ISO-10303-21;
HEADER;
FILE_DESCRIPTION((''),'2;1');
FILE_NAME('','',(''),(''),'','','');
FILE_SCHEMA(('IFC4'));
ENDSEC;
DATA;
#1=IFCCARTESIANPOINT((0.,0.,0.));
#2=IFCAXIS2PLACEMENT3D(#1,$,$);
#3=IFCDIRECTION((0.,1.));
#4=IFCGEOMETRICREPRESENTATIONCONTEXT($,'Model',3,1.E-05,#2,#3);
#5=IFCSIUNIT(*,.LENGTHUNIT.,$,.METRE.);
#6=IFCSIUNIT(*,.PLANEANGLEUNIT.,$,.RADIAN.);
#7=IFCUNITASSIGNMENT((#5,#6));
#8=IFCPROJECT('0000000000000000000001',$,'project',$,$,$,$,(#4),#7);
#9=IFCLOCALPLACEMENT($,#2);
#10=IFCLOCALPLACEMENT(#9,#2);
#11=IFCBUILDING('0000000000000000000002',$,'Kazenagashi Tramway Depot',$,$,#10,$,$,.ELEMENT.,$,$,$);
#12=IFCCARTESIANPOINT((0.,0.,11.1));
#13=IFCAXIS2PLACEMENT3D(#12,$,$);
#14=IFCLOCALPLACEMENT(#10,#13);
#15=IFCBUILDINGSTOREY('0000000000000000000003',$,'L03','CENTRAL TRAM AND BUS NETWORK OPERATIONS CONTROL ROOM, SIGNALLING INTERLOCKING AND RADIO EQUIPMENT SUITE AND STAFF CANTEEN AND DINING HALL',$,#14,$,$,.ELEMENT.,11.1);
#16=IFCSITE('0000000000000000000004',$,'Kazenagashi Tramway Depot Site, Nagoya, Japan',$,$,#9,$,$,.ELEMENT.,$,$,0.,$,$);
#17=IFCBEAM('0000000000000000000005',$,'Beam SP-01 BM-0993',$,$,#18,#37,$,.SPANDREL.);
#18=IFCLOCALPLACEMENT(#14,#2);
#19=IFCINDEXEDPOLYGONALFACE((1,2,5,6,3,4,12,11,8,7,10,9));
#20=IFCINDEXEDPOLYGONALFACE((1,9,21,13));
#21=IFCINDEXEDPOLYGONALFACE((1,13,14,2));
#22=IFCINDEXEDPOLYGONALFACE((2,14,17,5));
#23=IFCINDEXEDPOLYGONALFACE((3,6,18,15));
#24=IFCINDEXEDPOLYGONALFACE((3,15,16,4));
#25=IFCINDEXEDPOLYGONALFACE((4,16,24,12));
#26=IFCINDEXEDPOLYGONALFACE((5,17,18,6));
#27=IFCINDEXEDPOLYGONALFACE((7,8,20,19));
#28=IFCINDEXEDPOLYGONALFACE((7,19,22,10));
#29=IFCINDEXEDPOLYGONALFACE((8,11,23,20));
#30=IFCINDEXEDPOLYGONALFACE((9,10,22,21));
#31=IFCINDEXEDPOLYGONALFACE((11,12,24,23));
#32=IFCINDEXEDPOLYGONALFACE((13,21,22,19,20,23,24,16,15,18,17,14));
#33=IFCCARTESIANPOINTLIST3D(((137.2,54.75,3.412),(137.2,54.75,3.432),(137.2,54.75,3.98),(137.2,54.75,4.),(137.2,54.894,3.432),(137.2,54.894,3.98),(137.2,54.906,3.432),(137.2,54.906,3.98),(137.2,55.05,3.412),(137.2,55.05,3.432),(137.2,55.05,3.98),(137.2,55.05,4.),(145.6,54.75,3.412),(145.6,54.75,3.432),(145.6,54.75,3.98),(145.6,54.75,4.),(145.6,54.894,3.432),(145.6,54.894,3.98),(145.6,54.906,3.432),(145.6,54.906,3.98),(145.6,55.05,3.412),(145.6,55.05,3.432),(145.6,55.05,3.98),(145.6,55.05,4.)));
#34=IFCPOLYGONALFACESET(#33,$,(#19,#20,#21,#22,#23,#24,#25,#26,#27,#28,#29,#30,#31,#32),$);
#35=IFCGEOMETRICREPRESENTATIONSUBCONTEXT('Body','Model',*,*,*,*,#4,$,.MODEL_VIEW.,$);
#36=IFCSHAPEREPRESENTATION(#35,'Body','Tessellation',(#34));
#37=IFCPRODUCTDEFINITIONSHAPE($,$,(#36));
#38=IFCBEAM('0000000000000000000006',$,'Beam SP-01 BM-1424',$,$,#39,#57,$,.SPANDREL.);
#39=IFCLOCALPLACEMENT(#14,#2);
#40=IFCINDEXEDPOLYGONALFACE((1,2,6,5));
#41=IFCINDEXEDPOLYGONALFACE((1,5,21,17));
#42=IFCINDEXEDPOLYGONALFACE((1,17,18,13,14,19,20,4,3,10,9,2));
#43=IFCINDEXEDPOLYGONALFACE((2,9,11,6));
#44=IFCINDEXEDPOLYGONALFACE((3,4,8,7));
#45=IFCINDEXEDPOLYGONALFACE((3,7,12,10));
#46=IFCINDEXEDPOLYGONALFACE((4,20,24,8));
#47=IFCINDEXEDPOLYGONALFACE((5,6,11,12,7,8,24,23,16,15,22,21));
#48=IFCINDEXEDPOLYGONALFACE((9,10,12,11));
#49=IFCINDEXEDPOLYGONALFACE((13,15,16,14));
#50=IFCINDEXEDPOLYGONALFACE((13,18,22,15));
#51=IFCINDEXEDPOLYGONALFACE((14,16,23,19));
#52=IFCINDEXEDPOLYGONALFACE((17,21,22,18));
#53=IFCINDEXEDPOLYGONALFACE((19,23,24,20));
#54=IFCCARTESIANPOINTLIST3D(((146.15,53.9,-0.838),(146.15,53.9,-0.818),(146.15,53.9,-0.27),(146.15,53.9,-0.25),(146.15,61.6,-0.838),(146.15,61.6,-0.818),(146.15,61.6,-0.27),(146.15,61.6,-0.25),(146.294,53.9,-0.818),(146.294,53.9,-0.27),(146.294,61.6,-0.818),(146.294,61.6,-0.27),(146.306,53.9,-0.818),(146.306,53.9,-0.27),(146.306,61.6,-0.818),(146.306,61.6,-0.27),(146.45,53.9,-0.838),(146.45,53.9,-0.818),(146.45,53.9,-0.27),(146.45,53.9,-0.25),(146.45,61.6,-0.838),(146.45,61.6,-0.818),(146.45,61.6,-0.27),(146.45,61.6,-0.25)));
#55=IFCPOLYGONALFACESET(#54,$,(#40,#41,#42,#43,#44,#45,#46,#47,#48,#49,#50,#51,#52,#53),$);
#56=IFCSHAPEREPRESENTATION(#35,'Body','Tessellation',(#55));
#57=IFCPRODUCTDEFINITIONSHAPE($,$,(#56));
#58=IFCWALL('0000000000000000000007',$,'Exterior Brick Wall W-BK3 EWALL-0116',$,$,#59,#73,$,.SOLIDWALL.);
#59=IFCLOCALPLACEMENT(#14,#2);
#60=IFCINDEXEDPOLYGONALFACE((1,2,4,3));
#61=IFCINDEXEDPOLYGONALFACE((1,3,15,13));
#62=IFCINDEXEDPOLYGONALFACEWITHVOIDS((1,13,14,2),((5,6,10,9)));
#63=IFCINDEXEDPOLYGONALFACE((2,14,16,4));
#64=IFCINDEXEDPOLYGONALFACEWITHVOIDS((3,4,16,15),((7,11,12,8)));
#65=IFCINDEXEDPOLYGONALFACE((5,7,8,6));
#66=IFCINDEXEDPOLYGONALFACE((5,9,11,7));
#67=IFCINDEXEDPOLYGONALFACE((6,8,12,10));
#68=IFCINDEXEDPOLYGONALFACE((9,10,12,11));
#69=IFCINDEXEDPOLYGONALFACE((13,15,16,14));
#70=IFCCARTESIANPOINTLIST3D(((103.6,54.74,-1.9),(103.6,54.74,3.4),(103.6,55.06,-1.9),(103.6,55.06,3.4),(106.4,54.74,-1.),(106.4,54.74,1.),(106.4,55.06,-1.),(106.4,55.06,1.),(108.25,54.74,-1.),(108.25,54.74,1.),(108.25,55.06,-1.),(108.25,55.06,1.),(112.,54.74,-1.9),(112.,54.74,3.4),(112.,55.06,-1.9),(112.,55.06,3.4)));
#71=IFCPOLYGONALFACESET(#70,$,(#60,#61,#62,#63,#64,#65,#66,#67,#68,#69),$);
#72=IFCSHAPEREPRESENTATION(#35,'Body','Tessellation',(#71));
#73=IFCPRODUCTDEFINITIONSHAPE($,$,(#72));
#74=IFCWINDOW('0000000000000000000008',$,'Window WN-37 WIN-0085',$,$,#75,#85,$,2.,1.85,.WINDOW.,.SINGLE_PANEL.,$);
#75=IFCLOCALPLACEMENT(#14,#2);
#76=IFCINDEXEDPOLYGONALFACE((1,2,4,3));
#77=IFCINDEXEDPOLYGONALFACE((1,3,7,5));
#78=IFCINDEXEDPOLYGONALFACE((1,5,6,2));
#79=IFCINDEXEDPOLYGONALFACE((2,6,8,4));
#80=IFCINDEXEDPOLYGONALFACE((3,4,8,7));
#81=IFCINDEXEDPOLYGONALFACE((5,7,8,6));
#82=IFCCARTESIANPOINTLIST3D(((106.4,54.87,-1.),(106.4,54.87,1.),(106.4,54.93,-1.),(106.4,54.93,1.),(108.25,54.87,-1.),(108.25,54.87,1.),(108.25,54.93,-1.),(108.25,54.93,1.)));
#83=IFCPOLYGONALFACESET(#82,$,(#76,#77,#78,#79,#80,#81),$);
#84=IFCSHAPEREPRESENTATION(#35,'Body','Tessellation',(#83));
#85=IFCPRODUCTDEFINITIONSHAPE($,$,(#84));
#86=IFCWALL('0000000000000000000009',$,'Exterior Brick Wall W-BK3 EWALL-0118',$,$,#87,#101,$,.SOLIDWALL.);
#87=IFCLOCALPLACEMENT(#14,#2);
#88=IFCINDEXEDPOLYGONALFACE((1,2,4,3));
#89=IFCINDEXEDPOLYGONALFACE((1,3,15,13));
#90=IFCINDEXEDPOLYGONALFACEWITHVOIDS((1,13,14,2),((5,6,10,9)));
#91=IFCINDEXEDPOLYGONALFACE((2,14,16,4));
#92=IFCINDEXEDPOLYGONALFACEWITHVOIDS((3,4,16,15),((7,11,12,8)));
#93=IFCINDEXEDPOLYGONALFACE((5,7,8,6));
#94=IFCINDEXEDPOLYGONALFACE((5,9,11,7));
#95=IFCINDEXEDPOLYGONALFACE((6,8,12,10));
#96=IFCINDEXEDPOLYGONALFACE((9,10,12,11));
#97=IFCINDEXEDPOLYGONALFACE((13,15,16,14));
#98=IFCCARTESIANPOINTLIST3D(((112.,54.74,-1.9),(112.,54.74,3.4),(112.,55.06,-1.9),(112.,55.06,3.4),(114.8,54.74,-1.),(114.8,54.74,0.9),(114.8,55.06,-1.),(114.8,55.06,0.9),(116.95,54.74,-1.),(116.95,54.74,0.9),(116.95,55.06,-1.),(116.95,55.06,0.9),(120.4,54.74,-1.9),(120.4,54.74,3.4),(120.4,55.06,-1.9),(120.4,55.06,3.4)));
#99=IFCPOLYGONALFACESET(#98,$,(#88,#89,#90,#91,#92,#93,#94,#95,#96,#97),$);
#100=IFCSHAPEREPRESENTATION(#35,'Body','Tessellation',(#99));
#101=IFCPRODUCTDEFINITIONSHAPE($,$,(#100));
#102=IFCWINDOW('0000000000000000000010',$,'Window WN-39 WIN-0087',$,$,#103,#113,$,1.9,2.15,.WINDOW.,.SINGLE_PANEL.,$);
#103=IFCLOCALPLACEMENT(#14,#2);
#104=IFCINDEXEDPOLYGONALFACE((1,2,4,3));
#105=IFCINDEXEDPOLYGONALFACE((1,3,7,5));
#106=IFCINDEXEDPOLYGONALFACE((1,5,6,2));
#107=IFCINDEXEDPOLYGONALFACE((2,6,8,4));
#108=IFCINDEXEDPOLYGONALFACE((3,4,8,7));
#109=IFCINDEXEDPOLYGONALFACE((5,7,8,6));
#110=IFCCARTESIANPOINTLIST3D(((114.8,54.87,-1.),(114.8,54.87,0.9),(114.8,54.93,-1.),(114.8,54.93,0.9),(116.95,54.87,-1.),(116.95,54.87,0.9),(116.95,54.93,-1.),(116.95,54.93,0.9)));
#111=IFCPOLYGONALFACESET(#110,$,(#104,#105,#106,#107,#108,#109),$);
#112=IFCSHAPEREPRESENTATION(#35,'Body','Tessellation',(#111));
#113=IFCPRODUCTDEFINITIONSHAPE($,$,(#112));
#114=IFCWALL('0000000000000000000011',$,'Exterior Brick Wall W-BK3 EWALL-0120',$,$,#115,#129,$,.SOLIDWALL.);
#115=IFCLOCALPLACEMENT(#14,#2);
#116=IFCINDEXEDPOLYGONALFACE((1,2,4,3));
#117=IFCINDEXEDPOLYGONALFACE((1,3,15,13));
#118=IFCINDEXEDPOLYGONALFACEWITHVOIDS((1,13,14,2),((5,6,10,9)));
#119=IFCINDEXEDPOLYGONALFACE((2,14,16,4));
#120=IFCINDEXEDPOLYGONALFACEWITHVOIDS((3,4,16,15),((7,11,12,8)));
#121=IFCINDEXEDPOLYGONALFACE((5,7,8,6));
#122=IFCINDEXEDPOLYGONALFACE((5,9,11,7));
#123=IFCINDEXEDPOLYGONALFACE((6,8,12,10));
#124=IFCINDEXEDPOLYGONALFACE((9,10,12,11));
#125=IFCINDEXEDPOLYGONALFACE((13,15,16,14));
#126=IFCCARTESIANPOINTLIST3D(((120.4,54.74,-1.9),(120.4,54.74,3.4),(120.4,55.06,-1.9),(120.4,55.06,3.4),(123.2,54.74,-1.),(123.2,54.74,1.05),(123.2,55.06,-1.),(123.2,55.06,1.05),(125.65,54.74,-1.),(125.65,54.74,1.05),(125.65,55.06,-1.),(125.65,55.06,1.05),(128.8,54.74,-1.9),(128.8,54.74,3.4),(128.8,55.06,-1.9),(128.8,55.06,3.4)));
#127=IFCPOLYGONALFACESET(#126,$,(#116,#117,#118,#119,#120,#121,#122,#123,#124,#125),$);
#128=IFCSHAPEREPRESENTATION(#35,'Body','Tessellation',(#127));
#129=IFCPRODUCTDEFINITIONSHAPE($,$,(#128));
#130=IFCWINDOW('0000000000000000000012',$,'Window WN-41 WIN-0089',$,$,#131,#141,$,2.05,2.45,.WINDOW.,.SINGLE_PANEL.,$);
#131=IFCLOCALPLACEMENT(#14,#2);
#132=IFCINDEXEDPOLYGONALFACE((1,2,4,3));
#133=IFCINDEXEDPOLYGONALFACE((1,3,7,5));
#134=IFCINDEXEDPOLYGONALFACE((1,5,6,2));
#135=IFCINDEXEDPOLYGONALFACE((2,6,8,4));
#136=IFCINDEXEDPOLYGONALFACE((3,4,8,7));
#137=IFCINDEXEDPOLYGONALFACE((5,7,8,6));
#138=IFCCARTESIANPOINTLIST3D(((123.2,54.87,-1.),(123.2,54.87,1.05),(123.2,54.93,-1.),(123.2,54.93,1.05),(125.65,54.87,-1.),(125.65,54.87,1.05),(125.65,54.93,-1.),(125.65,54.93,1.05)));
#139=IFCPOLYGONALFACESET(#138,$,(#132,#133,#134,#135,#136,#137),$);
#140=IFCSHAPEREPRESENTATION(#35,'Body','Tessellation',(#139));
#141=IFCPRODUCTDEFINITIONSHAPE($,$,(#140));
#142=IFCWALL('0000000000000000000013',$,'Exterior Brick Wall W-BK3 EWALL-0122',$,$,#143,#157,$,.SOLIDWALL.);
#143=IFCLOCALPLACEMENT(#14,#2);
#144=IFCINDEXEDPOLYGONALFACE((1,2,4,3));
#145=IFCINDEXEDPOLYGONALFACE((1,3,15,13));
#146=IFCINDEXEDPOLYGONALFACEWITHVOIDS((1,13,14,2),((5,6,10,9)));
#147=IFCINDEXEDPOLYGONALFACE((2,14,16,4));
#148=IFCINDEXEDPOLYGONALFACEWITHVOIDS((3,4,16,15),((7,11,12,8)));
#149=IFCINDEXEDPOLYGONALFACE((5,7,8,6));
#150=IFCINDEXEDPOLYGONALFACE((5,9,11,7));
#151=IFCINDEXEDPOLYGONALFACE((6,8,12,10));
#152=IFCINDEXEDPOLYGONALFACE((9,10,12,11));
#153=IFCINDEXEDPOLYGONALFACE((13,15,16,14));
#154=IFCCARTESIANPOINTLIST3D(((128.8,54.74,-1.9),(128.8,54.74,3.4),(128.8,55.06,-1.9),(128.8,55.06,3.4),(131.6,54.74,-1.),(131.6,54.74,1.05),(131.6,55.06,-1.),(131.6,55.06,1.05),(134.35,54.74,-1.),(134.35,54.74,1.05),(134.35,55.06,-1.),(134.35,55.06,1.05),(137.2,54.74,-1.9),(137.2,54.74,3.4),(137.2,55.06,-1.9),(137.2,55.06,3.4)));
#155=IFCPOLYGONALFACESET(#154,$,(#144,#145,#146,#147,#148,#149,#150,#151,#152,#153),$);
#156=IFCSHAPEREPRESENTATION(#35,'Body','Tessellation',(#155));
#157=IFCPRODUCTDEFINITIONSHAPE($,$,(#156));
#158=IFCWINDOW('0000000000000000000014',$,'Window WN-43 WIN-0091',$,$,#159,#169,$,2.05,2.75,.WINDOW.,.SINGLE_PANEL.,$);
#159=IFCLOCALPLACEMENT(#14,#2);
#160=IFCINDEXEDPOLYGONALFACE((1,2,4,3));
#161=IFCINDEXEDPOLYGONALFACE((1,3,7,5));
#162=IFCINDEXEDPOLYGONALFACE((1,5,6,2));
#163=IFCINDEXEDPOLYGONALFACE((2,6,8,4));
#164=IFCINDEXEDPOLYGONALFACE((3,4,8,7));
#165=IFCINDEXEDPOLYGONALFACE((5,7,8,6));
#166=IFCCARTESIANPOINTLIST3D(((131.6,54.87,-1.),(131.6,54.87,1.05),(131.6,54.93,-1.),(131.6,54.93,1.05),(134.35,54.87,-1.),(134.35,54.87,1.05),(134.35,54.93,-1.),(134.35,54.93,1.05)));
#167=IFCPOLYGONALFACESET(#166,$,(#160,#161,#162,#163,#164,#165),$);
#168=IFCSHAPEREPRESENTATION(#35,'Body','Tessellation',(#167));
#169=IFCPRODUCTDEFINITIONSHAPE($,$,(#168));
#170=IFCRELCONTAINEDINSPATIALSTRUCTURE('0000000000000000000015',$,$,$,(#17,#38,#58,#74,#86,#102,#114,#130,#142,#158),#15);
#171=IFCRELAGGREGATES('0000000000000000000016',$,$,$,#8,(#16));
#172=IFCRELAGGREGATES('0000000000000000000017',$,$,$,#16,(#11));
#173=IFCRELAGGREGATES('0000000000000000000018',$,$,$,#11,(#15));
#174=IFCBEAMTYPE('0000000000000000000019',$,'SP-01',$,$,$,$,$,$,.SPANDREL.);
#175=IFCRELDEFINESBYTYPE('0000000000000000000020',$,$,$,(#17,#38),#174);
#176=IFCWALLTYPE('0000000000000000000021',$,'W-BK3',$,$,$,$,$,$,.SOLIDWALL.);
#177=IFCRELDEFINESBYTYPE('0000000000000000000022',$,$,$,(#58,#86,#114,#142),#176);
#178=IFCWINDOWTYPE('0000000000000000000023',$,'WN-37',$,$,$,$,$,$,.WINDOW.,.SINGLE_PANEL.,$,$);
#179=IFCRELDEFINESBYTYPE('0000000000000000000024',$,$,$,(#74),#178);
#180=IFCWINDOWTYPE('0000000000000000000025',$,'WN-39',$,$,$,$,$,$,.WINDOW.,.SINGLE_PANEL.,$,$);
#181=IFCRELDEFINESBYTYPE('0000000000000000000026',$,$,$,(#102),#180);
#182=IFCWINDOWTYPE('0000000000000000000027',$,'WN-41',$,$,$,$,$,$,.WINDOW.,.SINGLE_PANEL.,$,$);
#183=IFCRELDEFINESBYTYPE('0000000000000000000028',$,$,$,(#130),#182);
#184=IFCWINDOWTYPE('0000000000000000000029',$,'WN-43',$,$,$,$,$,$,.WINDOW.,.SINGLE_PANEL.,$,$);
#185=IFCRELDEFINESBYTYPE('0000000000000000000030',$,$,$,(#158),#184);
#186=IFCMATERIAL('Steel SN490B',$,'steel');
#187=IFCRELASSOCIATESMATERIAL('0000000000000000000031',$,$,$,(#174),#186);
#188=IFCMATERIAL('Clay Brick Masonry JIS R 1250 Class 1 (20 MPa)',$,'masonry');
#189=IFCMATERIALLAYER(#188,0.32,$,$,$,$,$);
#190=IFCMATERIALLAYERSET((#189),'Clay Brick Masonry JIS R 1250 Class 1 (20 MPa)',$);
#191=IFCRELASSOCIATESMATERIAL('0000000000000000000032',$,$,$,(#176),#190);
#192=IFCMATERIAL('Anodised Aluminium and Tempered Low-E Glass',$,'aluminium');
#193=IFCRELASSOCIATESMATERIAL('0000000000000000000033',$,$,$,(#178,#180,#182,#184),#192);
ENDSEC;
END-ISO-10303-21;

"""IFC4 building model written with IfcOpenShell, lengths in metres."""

from ifc_helpers import new_model, si_unit, direction, frame, frame_2d, origin, origin_2d, place, context, subcontext, project, spatial, rectangle, i_section, extrude, material, layer, layer_set, material_profile, profile_set, type_object, element, fill, save


model = new_model("IFC4")

# Units and contexts
model_context = context("Model", 3, precision=1e-05, world=origin(), true_north=direction((0.0, 1.0)))
body_context = subcontext(model_context, "Body", "Model", "MODEL_VIEW")
ifc_project = project(units=[si_unit("LENGTHUNIT", "METRE"), si_unit("PLANEANGLEUNIT", "RADIAN")], contexts=[model_context])

# Site, building, storey
site_placement = place(None, origin())
site = spatial("IfcSite", under=ifc_project, at=site_placement, Name="Kazenagashi Tramway Depot Site, Nagoya, Japan", CompositionType="ELEMENT", RefElevation=0.0)
building_placement = place(site_placement, origin())
building = spatial("IfcBuilding", under=site, at=building_placement, Name="Kazenagashi Tramway Depot", CompositionType="ELEMENT")
storey_placement = place(building_placement, frame((0.0, 0.0, 11.1)))
storey = spatial("IfcBuildingStorey", under=building, at=storey_placement, Name="L03", Description="CENTRAL TRAM AND BUS NETWORK OPERATIONS CONTROL ROOM, SIGNALLING INTERLOCKING AND RADIO EQUIPMENT SUITE AND STAFF CANTEEN AND DINING HALL", CompositionType="ELEMENT", Elevation=11.1)

# Shared definitions
ifc_material_1 = material(Name="Steel SN490B", Category="steel")

# Beams
ifc_material_profile_1 = material_profile(ifc_material_1, i_section(OverallWidth=0.3, OverallDepth=0.588, WebThickness=0.012, FlangeThickness=0.02, at=origin_2d()), Name="H-588x300x12x20")
ifc_profile_set_1 = profile_set([ifc_material_profile_1], Name="Steel SN490B")
beam_type_1 = type_object("IfcBeamType", Name="SP-01", PredefinedType="SPANDREL", material=ifc_profile_set_1)
for number, where, z_axis, x_axis, name in (
    (1, (137.2, 54.9, 3.706), (1.0, 0.0, 0.0), (0.0, 1.0, 0.0), "Beam SP-01 BM-0993"),
):
    element("IfcBeam", number, at=place(storey_placement, frame(where, z_axis=z_axis, x_axis=x_axis)), inside=storey, type_object=beam_type_1, Name=name, PredefinedType="SPANDREL", context=body_context, shape_type="SweptSolid", body=[
        extrude(i_section(OverallWidth=0.3, OverallDepth=0.588, WebThickness=0.012, FlangeThickness=0.02, at=origin_2d()), origin(), (0.0, 0.0, 1.0), 8.4),
    ])
beam_1_placement = place(storey_placement, frame((146.3, 53.9, -0.544), z_axis=(0.0, 1.0, 0.0), x_axis=(-1.0, 0.0, 0.0)))
element("IfcBeam", 2, at=beam_1_placement, inside=storey, type_object=beam_type_1, Name="Beam SP-01 BM-1424", PredefinedType="SPANDREL", context=body_context, shape_type="SweptSolid", body=[
    extrude(i_section(OverallWidth=0.3, OverallDepth=0.588, WebThickness=0.012, FlangeThickness=0.02, at=origin_2d()), origin(), (0.0, 0.0, 1.0), 7.7),
])

# Walls, openings, windows
ifc_material_2 = material(Name="Clay Brick Masonry JIS R 1250 Class 1 (20 MPa)", Category="masonry")
ifc_layer = layer(ifc_material_2, 0.32)
ifc_layer_set = layer_set([ifc_layer], Name="Clay Brick Masonry JIS R 1250 Class 1 (20 MPa)")
wall_type = type_object("IfcWallType", Name="W-BK3", PredefinedType="SOLIDWALL", material=ifc_layer_set)
wall_1_placement = place(storey_placement, frame((103.6, 54.9, -1.9), z_axis=(0.0, 0.0, 1.0), x_axis=(1.0, 0.0, 0.0)))
wall_1 = element("IfcWall", 3, at=wall_1_placement, inside=storey, type_object=wall_type, Name="Exterior Brick Wall W-BK3 EWALL-0116", PredefinedType="SOLIDWALL", context=body_context, shape_type="SweptSolid", body=[
    extrude(rectangle(XDim=8.4, YDim=0.32, at=frame_2d((4.2, 0.0))), origin(), (0.0, 0.0, 1.0), 5.3),
])
opening_1_placement = place(wall_1_placement, frame((2.8, 0.0, 0.9)))
opening_1 = element("IfcOpeningElement", 4, at=opening_1_placement, cuts=wall_1, PredefinedType="OPENING", context=body_context, shape_type="SweptSolid", body=[
    extrude(rectangle(XDim=1.85, YDim=2.0, at=frame_2d((0.925, 1.0))), frame((0.0, 0.17, 0.0), z_axis=(0.0, -1.0, 0.0), x_axis=(1.0, 0.0, 0.0)), (0.0, 0.0, 1.0), 0.34),
])
ifc_material_3 = material(Name="Anodised Aluminium and Tempered Low-E Glass", Category="aluminium")
window_type_1 = type_object("IfcWindowType", Name="WN-37", PartitioningType="SINGLE_PANEL", PredefinedType="WINDOW", material=ifc_material_3)
window_1_placement = place(opening_1_placement, origin())
window_1 = element("IfcWindow", 5, at=window_1_placement, inside=storey, type_object=window_type_1, Name="Window WN-37 WIN-0085", OverallHeight=2.0, OverallWidth=1.85, PartitioningType="SINGLE_PANEL", PredefinedType="WINDOW", context=body_context, shape_type="SweptSolid", body=[
    extrude(rectangle(XDim=1.85, YDim=2.0, at=frame_2d((0.925, 1.0))), frame((0.0, 0.03, 0.0), z_axis=(0.0, -1.0, 0.0), x_axis=(1.0, 0.0, 0.0)), (0.0, 0.0, 1.0), 0.06),
])
fill(opening_1, window_1)
wall_2_placement = place(storey_placement, frame((112.0, 54.9, -1.9), z_axis=(0.0, 0.0, 1.0), x_axis=(1.0, 0.0, 0.0)))
wall_2 = element("IfcWall", 6, at=wall_2_placement, inside=storey, type_object=wall_type, Name="Exterior Brick Wall W-BK3 EWALL-0118", PredefinedType="SOLIDWALL", context=body_context, shape_type="SweptSolid", body=[
    extrude(rectangle(XDim=8.4, YDim=0.32, at=frame_2d((4.2, 0.0))), origin(), (0.0, 0.0, 1.0), 5.3),
])
opening_2_placement = place(wall_2_placement, frame((2.8, 0.0, 0.9)))
opening_2 = element("IfcOpeningElement", 7, at=opening_2_placement, cuts=wall_2, PredefinedType="OPENING", context=body_context, shape_type="SweptSolid", body=[
    extrude(rectangle(XDim=2.15, YDim=1.9, at=frame_2d((1.075, 0.95))), frame((0.0, 0.17, 0.0), z_axis=(0.0, -1.0, 0.0), x_axis=(1.0, 0.0, 0.0)), (0.0, 0.0, 1.0), 0.34),
])
window_type_2 = type_object("IfcWindowType", Name="WN-39", PartitioningType="SINGLE_PANEL", PredefinedType="WINDOW", material=ifc_material_3)
window_2_placement = place(opening_2_placement, origin())
window_2 = element("IfcWindow", 8, at=window_2_placement, inside=storey, type_object=window_type_2, Name="Window WN-39 WIN-0087", OverallHeight=1.9, OverallWidth=2.15, PartitioningType="SINGLE_PANEL", PredefinedType="WINDOW", context=body_context, shape_type="SweptSolid", body=[
    extrude(rectangle(XDim=2.15, YDim=1.9, at=frame_2d((1.075, 0.95))), frame((0.0, 0.03, 0.0), z_axis=(0.0, -1.0, 0.0), x_axis=(1.0, 0.0, 0.0)), (0.0, 0.0, 1.0), 0.06),
])
fill(opening_2, window_2)
wall_3_placement = place(storey_placement, frame((120.4, 54.9, -1.9), z_axis=(0.0, 0.0, 1.0), x_axis=(1.0, 0.0, 0.0)))
wall_3 = element("IfcWall", 9, at=wall_3_placement, inside=storey, type_object=wall_type, Name="Exterior Brick Wall W-BK3 EWALL-0120", PredefinedType="SOLIDWALL", context=body_context, shape_type="SweptSolid", body=[
    extrude(rectangle(XDim=8.4, YDim=0.32, at=frame_2d((4.2, 0.0))), origin(), (0.0, 0.0, 1.0), 5.3),
])
opening_3_placement = place(wall_3_placement, frame((2.8, 0.0, 0.9)))
opening_3 = element("IfcOpeningElement", 10, at=opening_3_placement, cuts=wall_3, PredefinedType="OPENING", context=body_context, shape_type="SweptSolid", body=[
    extrude(rectangle(XDim=2.45, YDim=2.05, at=frame_2d((1.225, 1.025))), frame((0.0, 0.17, 0.0), z_axis=(0.0, -1.0, 0.0), x_axis=(1.0, 0.0, 0.0)), (0.0, 0.0, 1.0), 0.34),
])
window_type_3 = type_object("IfcWindowType", Name="WN-41", PartitioningType="SINGLE_PANEL", PredefinedType="WINDOW", material=ifc_material_3)
window_3_placement = place(opening_3_placement, origin())
window_3 = element("IfcWindow", 11, at=window_3_placement, inside=storey, type_object=window_type_3, Name="Window WN-41 WIN-0089", OverallHeight=2.05, OverallWidth=2.45, PartitioningType="SINGLE_PANEL", PredefinedType="WINDOW", context=body_context, shape_type="SweptSolid", body=[
    extrude(rectangle(XDim=2.45, YDim=2.05, at=frame_2d((1.225, 1.025))), frame((0.0, 0.03, 0.0), z_axis=(0.0, -1.0, 0.0), x_axis=(1.0, 0.0, 0.0)), (0.0, 0.0, 1.0), 0.06),
])
fill(opening_3, window_3)
wall_4_placement = place(storey_placement, frame((128.8, 54.9, -1.9), z_axis=(0.0, 0.0, 1.0), x_axis=(1.0, 0.0, 0.0)))
wall_4 = element("IfcWall", 12, at=wall_4_placement, inside=storey, type_object=wall_type, Name="Exterior Brick Wall W-BK3 EWALL-0122", PredefinedType="SOLIDWALL", context=body_context, shape_type="SweptSolid", body=[
    extrude(rectangle(XDim=8.4, YDim=0.32, at=frame_2d((4.2, 0.0))), origin(), (0.0, 0.0, 1.0), 5.3),
])
opening_4_placement = place(wall_4_placement, frame((2.8, 0.0, 0.9)))
opening_4 = element("IfcOpeningElement", 13, at=opening_4_placement, cuts=wall_4, PredefinedType="OPENING", context=body_context, shape_type="SweptSolid", body=[
    extrude(rectangle(XDim=2.75, YDim=2.05, at=frame_2d((1.375, 1.025))), frame((0.0, 0.17, 0.0), z_axis=(0.0, -1.0, 0.0), x_axis=(1.0, 0.0, 0.0)), (0.0, 0.0, 1.0), 0.34),
])
window_type_4 = type_object("IfcWindowType", Name="WN-43", PartitioningType="SINGLE_PANEL", PredefinedType="WINDOW", material=ifc_material_3)
window_4_placement = place(opening_4_placement, origin())
window_4 = element("IfcWindow", 14, at=window_4_placement, inside=storey, type_object=window_type_4, Name="Window WN-43 WIN-0091", OverallHeight=2.05, OverallWidth=2.75, PartitioningType="SINGLE_PANEL", PredefinedType="WINDOW", context=body_context, shape_type="SweptSolid", body=[
    extrude(rectangle(XDim=2.75, YDim=2.05, at=frame_2d((1.375, 1.025))), frame((0.0, 0.03, 0.0), z_axis=(0.0, -1.0, 0.0), x_axis=(1.0, 0.0, 0.0)), (0.0, 0.0, 1.0), 0.06),
])
fill(opening_4, window_4)

save(model, "model.ifc")
